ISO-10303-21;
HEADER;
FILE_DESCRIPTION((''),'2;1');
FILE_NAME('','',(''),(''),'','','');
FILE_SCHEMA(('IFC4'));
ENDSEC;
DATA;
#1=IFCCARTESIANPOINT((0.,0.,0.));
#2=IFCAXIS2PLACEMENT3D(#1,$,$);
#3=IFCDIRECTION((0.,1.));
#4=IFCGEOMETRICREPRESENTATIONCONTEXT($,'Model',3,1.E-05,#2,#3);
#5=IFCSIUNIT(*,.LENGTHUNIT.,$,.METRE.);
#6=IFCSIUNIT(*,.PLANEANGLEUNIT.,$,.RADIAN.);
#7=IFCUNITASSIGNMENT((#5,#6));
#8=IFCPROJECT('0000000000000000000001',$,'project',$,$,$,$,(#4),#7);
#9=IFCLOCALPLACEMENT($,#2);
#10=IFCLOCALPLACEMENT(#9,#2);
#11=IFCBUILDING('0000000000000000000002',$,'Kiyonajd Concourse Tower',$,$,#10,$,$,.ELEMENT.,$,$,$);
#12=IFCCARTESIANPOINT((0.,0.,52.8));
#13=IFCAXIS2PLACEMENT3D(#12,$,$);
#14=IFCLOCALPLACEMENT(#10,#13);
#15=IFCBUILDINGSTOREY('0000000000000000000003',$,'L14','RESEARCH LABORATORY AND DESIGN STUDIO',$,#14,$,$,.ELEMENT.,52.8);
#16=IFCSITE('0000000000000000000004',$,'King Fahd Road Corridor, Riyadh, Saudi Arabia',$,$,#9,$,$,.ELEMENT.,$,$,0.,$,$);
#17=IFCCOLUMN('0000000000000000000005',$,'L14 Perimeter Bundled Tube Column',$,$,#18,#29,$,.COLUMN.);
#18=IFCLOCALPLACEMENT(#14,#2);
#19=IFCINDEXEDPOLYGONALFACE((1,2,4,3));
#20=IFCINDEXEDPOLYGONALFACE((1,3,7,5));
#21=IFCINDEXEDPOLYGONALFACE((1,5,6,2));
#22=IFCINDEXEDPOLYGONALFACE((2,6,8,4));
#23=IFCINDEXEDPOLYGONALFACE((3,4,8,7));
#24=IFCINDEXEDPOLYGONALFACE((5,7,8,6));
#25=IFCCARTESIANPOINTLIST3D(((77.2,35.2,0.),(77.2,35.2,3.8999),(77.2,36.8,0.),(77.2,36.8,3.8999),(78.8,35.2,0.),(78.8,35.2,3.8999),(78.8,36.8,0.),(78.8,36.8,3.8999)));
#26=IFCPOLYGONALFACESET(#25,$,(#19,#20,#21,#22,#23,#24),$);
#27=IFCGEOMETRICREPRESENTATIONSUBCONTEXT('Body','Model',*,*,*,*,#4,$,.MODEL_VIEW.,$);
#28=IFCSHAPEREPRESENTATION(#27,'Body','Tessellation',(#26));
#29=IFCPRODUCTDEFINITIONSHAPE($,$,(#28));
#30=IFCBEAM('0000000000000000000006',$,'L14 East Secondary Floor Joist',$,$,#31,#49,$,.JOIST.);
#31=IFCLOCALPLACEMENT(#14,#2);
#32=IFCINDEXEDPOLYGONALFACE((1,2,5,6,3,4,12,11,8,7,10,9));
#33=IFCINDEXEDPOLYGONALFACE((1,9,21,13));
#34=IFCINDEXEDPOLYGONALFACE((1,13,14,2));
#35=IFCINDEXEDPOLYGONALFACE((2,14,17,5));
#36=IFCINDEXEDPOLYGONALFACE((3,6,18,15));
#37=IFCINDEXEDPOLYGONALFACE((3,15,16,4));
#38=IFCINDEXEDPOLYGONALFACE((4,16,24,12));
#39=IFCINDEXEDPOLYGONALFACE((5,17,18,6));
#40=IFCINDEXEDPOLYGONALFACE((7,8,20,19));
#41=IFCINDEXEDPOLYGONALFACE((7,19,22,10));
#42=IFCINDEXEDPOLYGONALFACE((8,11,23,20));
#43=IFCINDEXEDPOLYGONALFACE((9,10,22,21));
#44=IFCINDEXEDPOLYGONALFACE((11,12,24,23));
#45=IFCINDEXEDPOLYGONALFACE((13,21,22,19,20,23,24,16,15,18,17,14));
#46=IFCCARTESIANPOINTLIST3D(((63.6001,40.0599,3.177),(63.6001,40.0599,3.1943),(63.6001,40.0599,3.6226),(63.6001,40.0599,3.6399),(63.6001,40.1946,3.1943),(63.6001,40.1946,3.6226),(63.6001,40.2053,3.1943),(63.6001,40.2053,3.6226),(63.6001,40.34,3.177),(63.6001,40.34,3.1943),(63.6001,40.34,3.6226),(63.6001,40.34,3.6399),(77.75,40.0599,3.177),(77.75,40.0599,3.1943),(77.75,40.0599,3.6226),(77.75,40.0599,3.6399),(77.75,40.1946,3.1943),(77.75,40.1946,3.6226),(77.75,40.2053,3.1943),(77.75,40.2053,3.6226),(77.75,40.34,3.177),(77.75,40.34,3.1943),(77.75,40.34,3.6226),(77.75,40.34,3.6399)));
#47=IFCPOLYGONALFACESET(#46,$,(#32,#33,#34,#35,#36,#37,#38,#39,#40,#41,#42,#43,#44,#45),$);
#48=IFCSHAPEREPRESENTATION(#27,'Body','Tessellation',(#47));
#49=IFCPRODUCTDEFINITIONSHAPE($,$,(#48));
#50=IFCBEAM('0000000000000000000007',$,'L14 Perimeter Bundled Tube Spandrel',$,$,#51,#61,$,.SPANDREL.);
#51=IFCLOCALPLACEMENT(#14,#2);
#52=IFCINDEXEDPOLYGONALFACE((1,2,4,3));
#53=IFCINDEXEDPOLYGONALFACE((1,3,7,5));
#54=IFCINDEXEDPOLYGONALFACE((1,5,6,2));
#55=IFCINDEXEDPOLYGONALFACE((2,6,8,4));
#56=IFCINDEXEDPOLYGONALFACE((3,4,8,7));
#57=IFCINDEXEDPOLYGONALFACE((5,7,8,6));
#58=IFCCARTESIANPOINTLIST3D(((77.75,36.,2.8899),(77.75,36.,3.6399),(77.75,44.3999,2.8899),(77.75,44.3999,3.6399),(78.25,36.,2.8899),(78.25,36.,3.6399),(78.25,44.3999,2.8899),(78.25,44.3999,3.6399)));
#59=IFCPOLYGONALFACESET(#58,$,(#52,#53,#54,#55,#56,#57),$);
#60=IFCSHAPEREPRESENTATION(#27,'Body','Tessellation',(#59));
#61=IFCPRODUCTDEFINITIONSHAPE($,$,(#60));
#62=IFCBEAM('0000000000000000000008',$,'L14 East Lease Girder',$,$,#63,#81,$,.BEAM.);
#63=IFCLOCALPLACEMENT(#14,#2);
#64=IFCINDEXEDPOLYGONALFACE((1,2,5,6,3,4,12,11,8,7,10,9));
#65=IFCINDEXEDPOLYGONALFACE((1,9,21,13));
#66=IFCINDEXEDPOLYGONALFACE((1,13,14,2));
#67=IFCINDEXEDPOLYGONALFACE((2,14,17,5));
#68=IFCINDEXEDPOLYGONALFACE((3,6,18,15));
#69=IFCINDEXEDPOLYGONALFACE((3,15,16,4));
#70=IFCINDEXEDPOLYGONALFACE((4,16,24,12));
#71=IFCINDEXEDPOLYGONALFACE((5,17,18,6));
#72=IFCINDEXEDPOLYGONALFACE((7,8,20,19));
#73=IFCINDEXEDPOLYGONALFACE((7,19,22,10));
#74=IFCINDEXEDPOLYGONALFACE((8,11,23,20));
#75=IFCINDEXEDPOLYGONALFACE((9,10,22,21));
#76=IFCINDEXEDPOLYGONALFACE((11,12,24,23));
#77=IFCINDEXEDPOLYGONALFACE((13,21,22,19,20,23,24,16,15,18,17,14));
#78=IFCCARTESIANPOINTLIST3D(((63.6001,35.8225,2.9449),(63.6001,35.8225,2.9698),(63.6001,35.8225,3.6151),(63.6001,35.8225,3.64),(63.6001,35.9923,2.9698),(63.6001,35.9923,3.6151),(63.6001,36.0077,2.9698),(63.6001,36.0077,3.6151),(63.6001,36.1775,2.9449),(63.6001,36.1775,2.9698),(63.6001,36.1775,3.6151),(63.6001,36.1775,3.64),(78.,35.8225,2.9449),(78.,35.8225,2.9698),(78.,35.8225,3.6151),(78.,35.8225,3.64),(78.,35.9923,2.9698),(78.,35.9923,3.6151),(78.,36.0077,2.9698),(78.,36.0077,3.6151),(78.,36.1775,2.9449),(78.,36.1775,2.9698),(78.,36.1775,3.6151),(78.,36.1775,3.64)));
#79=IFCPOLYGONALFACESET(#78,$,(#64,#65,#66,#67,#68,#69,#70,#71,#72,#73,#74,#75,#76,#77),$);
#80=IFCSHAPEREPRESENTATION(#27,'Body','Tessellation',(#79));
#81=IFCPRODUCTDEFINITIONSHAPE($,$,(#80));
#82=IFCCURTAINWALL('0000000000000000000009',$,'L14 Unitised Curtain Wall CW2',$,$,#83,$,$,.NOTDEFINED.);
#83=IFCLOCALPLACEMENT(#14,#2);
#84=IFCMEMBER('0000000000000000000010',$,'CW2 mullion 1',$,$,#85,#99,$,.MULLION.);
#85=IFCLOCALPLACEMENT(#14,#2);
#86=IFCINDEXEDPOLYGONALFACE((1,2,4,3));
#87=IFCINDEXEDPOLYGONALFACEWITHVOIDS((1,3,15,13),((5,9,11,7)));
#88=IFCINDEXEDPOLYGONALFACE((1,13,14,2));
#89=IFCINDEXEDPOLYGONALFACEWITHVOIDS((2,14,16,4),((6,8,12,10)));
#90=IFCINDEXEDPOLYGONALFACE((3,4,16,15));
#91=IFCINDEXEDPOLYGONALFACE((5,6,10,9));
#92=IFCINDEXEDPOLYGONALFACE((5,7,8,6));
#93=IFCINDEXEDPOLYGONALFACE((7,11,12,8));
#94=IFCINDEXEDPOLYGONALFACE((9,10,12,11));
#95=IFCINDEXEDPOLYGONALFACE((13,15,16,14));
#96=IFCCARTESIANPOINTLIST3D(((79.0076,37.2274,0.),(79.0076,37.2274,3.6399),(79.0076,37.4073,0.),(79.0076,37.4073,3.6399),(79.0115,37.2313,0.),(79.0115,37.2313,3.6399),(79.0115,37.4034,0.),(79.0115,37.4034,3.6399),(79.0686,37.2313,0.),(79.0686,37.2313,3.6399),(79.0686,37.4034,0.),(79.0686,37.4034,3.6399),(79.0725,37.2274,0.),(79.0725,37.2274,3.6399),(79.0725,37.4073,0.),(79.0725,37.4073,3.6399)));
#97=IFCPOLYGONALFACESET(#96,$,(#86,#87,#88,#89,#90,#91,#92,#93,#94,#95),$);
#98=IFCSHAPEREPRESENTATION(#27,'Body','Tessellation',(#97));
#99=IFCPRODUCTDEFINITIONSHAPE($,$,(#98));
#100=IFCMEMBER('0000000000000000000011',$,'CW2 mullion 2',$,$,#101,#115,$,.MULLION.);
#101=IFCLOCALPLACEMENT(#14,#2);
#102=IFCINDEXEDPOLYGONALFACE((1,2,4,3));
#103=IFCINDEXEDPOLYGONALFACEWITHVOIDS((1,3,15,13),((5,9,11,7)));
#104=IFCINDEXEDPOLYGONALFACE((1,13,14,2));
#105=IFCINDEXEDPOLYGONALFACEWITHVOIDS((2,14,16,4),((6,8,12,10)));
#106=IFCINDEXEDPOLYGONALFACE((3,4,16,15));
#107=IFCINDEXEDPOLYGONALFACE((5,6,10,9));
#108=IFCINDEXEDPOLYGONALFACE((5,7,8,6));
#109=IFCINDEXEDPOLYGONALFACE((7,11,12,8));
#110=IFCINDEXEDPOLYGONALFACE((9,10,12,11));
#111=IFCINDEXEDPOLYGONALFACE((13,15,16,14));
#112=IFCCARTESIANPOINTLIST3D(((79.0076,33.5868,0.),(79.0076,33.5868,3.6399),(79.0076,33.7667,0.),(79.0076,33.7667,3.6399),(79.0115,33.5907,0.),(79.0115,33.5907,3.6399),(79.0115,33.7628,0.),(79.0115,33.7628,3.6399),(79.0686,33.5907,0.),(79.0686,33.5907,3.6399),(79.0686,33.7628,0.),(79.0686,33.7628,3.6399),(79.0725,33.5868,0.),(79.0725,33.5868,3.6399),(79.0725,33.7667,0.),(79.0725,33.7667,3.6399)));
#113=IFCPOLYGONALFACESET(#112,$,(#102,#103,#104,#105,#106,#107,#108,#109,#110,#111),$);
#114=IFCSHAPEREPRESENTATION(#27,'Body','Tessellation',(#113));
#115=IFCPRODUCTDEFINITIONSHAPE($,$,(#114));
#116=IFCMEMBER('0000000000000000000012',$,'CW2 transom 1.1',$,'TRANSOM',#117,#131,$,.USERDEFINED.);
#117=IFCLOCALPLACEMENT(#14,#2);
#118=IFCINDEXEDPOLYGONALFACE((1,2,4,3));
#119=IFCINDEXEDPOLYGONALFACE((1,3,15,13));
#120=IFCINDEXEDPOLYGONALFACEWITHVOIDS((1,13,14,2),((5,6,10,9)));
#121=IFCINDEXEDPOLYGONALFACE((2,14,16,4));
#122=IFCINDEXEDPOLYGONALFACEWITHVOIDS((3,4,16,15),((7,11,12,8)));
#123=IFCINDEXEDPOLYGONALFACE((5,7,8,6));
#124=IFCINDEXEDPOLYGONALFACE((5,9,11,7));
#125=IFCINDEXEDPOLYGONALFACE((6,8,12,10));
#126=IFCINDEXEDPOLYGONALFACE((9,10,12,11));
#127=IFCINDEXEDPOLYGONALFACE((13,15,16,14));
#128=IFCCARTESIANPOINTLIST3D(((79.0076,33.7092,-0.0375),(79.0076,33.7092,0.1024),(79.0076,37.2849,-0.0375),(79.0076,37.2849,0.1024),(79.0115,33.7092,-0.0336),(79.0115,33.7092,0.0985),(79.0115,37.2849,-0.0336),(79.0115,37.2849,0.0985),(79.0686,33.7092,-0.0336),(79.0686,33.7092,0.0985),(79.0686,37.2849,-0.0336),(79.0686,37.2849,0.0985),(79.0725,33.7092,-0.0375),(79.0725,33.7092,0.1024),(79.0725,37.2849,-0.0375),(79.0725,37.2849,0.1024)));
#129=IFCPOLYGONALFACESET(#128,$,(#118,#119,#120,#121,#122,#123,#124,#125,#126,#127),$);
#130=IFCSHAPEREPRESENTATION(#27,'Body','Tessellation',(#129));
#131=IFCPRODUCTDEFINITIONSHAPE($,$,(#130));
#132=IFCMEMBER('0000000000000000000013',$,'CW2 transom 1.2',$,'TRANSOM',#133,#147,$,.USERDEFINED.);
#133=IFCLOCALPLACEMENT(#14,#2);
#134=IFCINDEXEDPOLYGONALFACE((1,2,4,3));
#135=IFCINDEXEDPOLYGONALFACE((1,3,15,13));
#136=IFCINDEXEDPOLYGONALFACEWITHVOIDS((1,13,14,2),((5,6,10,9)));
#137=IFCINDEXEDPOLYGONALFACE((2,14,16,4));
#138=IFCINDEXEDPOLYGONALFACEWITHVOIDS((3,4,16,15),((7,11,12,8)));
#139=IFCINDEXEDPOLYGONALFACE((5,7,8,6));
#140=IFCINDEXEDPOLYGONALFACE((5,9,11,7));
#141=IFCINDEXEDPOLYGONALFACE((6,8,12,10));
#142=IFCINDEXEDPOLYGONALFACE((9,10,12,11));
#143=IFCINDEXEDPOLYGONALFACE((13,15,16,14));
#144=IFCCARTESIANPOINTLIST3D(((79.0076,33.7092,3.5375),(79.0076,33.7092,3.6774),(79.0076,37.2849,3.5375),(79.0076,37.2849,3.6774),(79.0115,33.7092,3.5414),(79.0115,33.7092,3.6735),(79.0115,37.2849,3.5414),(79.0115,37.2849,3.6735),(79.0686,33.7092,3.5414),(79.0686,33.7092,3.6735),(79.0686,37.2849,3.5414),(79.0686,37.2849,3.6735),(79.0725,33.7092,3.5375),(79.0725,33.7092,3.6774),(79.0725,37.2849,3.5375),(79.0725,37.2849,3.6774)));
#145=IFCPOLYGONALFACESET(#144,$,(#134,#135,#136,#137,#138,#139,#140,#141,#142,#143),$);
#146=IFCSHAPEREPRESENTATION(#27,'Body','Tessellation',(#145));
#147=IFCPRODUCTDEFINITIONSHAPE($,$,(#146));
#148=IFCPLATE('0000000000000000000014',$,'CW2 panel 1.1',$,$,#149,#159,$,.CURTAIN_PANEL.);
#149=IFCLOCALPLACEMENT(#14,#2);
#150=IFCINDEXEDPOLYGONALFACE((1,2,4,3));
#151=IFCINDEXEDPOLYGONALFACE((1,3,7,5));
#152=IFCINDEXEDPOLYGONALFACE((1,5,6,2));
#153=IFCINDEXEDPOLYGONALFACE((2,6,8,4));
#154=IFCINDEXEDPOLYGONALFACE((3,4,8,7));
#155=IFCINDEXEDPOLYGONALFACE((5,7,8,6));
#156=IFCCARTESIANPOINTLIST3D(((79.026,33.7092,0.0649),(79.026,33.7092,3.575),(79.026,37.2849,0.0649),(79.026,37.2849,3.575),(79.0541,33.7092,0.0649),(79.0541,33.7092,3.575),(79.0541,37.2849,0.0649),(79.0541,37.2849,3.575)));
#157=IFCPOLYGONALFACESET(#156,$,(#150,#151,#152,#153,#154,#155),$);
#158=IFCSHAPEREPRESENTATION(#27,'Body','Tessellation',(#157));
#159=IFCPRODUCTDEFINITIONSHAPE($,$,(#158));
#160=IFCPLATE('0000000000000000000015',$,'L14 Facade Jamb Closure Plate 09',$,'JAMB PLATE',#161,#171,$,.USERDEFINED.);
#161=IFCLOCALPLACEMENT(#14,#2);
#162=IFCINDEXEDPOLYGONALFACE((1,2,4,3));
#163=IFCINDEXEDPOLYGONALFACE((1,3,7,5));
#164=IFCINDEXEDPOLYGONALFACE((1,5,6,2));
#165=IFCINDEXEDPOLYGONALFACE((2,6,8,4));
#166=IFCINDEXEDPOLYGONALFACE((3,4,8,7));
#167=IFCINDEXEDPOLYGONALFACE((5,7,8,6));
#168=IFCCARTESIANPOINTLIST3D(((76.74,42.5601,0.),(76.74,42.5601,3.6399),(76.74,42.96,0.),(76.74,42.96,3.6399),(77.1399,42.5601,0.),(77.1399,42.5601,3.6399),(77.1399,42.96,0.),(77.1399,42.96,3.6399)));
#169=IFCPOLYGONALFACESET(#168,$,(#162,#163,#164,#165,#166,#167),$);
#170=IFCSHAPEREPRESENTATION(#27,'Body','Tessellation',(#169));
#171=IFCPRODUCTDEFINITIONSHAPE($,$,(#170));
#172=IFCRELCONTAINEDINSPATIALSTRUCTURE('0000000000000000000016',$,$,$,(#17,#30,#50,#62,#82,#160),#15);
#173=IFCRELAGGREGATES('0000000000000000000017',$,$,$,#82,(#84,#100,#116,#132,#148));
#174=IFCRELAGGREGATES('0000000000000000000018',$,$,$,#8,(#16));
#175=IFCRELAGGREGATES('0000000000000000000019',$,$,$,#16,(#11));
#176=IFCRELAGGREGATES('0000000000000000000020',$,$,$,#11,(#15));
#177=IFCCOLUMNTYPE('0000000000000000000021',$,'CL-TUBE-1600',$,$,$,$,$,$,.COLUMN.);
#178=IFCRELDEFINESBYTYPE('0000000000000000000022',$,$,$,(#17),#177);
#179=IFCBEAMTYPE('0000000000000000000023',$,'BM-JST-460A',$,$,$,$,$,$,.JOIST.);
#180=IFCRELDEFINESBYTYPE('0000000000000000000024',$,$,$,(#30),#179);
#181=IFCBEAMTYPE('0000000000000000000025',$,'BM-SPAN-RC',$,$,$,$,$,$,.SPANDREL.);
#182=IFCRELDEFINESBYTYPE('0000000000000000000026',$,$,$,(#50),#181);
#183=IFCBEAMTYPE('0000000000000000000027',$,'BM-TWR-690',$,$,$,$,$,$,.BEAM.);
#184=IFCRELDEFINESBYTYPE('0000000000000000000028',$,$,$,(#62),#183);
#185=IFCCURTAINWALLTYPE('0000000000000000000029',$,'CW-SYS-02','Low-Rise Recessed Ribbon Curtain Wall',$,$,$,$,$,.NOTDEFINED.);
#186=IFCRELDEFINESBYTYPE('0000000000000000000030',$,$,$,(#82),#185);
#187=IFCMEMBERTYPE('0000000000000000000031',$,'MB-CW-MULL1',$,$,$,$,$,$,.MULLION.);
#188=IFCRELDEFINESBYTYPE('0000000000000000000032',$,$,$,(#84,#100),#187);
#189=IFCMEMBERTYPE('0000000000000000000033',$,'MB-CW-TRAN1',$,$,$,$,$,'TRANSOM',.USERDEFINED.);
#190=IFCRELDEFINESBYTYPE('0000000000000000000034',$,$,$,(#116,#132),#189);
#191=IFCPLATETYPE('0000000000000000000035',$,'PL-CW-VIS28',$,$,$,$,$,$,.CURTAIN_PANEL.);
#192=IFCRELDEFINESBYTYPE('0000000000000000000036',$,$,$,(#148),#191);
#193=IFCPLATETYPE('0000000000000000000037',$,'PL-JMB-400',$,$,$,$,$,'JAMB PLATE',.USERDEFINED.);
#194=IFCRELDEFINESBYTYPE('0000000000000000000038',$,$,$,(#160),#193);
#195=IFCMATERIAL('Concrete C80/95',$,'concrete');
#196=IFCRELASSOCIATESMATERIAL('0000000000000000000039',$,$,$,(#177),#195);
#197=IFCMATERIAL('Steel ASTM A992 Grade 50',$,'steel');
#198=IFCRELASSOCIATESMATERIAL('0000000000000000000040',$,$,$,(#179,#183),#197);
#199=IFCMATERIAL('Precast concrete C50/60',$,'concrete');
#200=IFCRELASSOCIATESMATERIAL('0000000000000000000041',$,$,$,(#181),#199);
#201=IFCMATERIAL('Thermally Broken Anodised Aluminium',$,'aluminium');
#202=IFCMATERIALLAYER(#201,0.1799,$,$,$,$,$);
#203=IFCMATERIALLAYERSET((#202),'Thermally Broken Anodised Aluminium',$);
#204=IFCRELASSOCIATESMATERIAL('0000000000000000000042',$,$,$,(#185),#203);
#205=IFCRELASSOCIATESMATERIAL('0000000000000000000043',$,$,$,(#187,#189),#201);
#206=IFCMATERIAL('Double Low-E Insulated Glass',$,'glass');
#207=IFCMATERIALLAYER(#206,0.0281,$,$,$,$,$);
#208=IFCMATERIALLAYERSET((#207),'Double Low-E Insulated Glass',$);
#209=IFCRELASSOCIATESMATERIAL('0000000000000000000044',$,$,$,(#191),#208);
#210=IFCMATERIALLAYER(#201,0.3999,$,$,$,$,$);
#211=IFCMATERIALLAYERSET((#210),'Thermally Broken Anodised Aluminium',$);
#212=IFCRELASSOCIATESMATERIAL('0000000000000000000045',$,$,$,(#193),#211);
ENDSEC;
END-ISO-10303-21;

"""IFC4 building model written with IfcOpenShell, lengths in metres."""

from ifc_helpers import new_model, si_unit, direction, frame, origin, origin_2d, place, context, subcontext, project, spatial, rectangle, hollow_rectangle, i_section, extrude, material, layer, layer_set, material_profile, profile_set, type_object, element, aggregate, save


model = new_model("IFC4")

# Units and contexts
model_context = context("Model", 3, precision=1e-05, world=origin(), true_north=direction((0.0, 1.0)))
body_context = subcontext(model_context, "Body", "Model", "MODEL_VIEW")
ifc_project = project(units=[si_unit("LENGTHUNIT", "METRE"), si_unit("PLANEANGLEUNIT", "RADIAN")], contexts=[model_context])

# Site, building, storey
site_placement = place(None, origin())
site = spatial("IfcSite", under=ifc_project, at=site_placement, Name="King Fahd Road Corridor, Riyadh, Saudi Arabia", CompositionType="ELEMENT", RefElevation=0.0)
building_placement = place(site_placement, origin())
building = spatial("IfcBuilding", under=site, at=building_placement, Name="Kiyonajd Concourse Tower", CompositionType="ELEMENT")
storey_placement = place(building_placement, frame((0.0, 0.0, 52.8)))
storey = spatial("IfcBuildingStorey", under=building, at=storey_placement, Name="L14", Description="RESEARCH LABORATORY AND DESIGN STUDIO", CompositionType="ELEMENT", Elevation=52.8)

# Column
ifc_material_1 = material(Name="Concrete C80/95", Category="concrete")
ifc_material_profile_1 = material_profile(ifc_material_1, rectangle(XDim=1.6001, YDim=1.6001, at=origin_2d()), Name="RC-1600x1600")
ifc_profile_set_1 = profile_set([ifc_material_profile_1], Name="Concrete C80/95")
column_type = type_object("IfcColumnType", Name="CL-TUBE-1600", PredefinedType="COLUMN", material=ifc_profile_set_1)
column_placement = place(storey_placement, frame((78.0, 36.0, 0.0), z_axis=(0.0, 0.0, 1.0), x_axis=(1.0, 0.0, 0.0)))
element("IfcColumn", 1, at=column_placement, inside=storey, type_object=column_type, Name="L14 Perimeter Bundled Tube Column", PredefinedType="COLUMN", context=body_context, shape_type="SweptSolid", body=[
    extrude(rectangle(XDim=1.6001, YDim=1.6001, at=origin_2d()), origin(), (0.0, 0.0, 1.0), 3.8999),
])

# Beams
ifc_material_2 = material(Name="Steel ASTM A992 Grade 50", Category="steel")
ifc_material_profile_2 = material_profile(ifc_material_2, i_section(OverallWidth=0.28, OverallDepth=0.4629, WebThickness=0.0107, FlangeThickness=0.0173, at=origin_2d()), Name="W460X113")
ifc_profile_set_2 = profile_set([ifc_material_profile_2], Name="Steel ASTM A992 Grade 50")
beam_type_1 = type_object("IfcBeamType", Name="BM-JST-460A", PredefinedType="JOIST", material=ifc_profile_set_2)
beam_1_placement = place(storey_placement, frame((63.6001, 40.2, 3.4084), z_axis=(1.0, 0.0, 0.0), x_axis=(0.0, 1.0, 0.0)))
element("IfcBeam", 2, at=beam_1_placement, inside=storey, type_object=beam_type_1, Name="L14 East Secondary Floor Joist", PredefinedType="JOIST", context=body_context, shape_type="SweptSolid", body=[
    extrude(i_section(OverallWidth=0.28, OverallDepth=0.4629, WebThickness=0.0107, FlangeThickness=0.0173, at=origin_2d()), origin(), (0.0, 0.0, 1.0), 14.1499),
])
ifc_material_3 = material(Name="Precast concrete C50/60", Category="concrete")
ifc_material_profile_3 = material_profile(ifc_material_3, rectangle(XDim=0.5, YDim=0.75, at=origin_2d()), Name="RCBM-500x750")
ifc_profile_set_3 = profile_set([ifc_material_profile_3], Name="Precast concrete C50/60")
beam_type_2 = type_object("IfcBeamType", Name="BM-SPAN-RC", PredefinedType="SPANDREL", material=ifc_profile_set_3)
beam_2_placement = place(storey_placement, frame((78.0, 36.0, 3.2649), z_axis=(0.0, 1.0, 0.0), x_axis=(-1.0, 0.0, 0.0)))
element("IfcBeam", 3, at=beam_2_placement, inside=storey, type_object=beam_type_2, Name="L14 Perimeter Bundled Tube Spandrel", PredefinedType="SPANDREL", context=body_context, shape_type="SweptSolid", body=[
    extrude(rectangle(XDim=0.5, YDim=0.75, at=origin_2d()), origin(), (0.0, 0.0, 1.0), 8.3999),
])
ifc_material_profile_4 = material_profile(ifc_material_2, i_section(OverallWidth=0.355, OverallDepth=0.6951, WebThickness=0.0154, FlangeThickness=0.0249, at=origin_2d()), Name="W690X217")
ifc_profile_set_4 = profile_set([ifc_material_profile_4], Name="Steel ASTM A992 Grade 50")
beam_type_3 = type_object("IfcBeamType", Name="BM-TWR-690", PredefinedType="BEAM", material=ifc_profile_set_4)
beam_3_placement = place(storey_placement, frame((63.6001, 36.0, 3.2925), z_axis=(1.0, 0.0, 0.0), x_axis=(0.0, 1.0, 0.0)))
element("IfcBeam", 4, at=beam_3_placement, inside=storey, type_object=beam_type_3, Name="L14 East Lease Girder", PredefinedType="BEAM", context=body_context, shape_type="SweptSolid", body=[
    extrude(i_section(OverallWidth=0.355, OverallDepth=0.6951, WebThickness=0.0154, FlangeThickness=0.0249, at=origin_2d()), origin(), (0.0, 0.0, 1.0), 14.3999),
])

# Curtain wall, members, plate
ifc_material_4 = material(Name="Thermally Broken Anodised Aluminium", Category="aluminium")
ifc_layer_1 = layer(ifc_material_4, 0.1799)
ifc_layer_set_1 = layer_set([ifc_layer_1], Name="Thermally Broken Anodised Aluminium")
curtain_wall_type = type_object("IfcCurtainWallType", Name="CW-SYS-02", Description="Low-Rise Recessed Ribbon Curtain Wall", PredefinedType="NOTDEFINED", material=ifc_layer_set_1)
curtain_wall_placement = place(storey_placement, origin())
curtain_wall = element("IfcCurtainWall", 5, at=curtain_wall_placement, inside=storey, type_object=curtain_wall_type, Name="L14 Unitised Curtain Wall CW2", PredefinedType="NOTDEFINED")
ifc_material_profile_5 = material_profile(ifc_material_4, hollow_rectangle(XDim=0.0649, YDim=0.1799, WallThickness=0.0039, at=origin_2d()), Name="MULL-65x180")
ifc_profile_set_5 = profile_set([ifc_material_profile_5], Name="Thermally Broken Anodised Aluminium")
member_type_1 = type_object("IfcMemberType", Name="MB-CW-MULL1", PredefinedType="MULLION", material=ifc_profile_set_5)
member_1_placement = place(storey_placement, frame((79.04, 37.3174, 0.0), z_axis=(0.0, 0.0, 1.0), x_axis=(1.0, 0.0, 0.0)))
member_1 = element("IfcMember", 6, at=member_1_placement, type_object=member_type_1, Name="CW2 mullion 1", PredefinedType="MULLION", context=body_context, shape_type="SweptSolid", body=[
    extrude(hollow_rectangle(XDim=0.0649, YDim=0.1799, WallThickness=0.0039, at=origin_2d()), origin(), (0.0, 0.0, 1.0), 3.6399),
])
member_2_placement = place(storey_placement, frame((79.04, 33.6768, 0.0), z_axis=(0.0, 0.0, 1.0), x_axis=(1.0, 0.0, 0.0)))
member_2 = element("IfcMember", 7, at=member_2_placement, type_object=member_type_1, Name="CW2 mullion 2", PredefinedType="MULLION", context=body_context, shape_type="SweptSolid", body=[
    extrude(hollow_rectangle(XDim=0.0649, YDim=0.1799, WallThickness=0.0039, at=origin_2d()), origin(), (0.0, 0.0, 1.0), 3.6399),
])
ifc_material_profile_6 = material_profile(ifc_material_4, hollow_rectangle(XDim=0.0649, YDim=0.1399, WallThickness=0.0039, at=origin_2d()), Name="TRAN-65x140")
ifc_profile_set_6 = profile_set([ifc_material_profile_6], Name="Thermally Broken Anodised Aluminium")
member_type_2 = type_object("IfcMemberType", Name="MB-CW-TRAN1", ElementType="TRANSOM", PredefinedType="USERDEFINED", material=ifc_profile_set_6)
member_3_placement = place(storey_placement, frame((79.04, 37.2849, 0.0325), z_axis=(0.0, -1.0, 0.0), x_axis=(1.0, 0.0, 0.0)))
member_3 = element("IfcMember", 8, at=member_3_placement, type_object=member_type_2, Name="CW2 transom 1.1", ObjectType="TRANSOM", PredefinedType="USERDEFINED", context=body_context, shape_type="SweptSolid", body=[
    extrude(hollow_rectangle(XDim=0.0649, YDim=0.1399, WallThickness=0.0039, at=origin_2d()), origin(), (0.0, 0.0, 1.0), 3.5757),
])
member_4_placement = place(storey_placement, frame((79.04, 37.2849, 3.6074), z_axis=(0.0, -1.0, 0.0), x_axis=(1.0, 0.0, 0.0)))
member_4 = element("IfcMember", 9, at=member_4_placement, type_object=member_type_2, Name="CW2 transom 1.2", ObjectType="TRANSOM", PredefinedType="USERDEFINED", context=body_context, shape_type="SweptSolid", body=[
    extrude(hollow_rectangle(XDim=0.0649, YDim=0.1399, WallThickness=0.0039, at=origin_2d()), origin(), (0.0, 0.0, 1.0), 3.5757),
])
ifc_material_5 = material(Name="Double Low-E Insulated Glass", Category="glass")
ifc_layer_2 = layer(ifc_material_5, 0.0281)
ifc_layer_set_2 = layer_set([ifc_layer_2], Name="Double Low-E Insulated Glass")
plate_type_1 = type_object("IfcPlateType", Name="PL-CW-VIS28", PredefinedType="CURTAIN_PANEL", material=ifc_layer_set_2)
plate_placement = place(storey_placement, frame((79.04, 35.4971, 0.0649), z_axis=(0.0, 0.0, 1.0), x_axis=(0.0, -1.0, 0.0)))
plate = element("IfcPlate", 10, at=plate_placement, type_object=plate_type_1, Name="CW2 panel 1.1", PredefinedType="CURTAIN_PANEL", context=body_context, shape_type="SweptSolid", body=[
    extrude(rectangle(XDim=3.5757, YDim=0.0281, at=origin_2d()), origin(), (0.0, 0.0, 1.0), 3.51),
])
aggregate(curtain_wall, [member_1, member_2, member_3, member_4, plate])

# Plate
ifc_layer_3 = layer(ifc_material_4, 0.3999)
ifc_layer_set_3 = layer_set([ifc_layer_3], Name="Thermally Broken Anodised Aluminium")
plate_type_2 = type_object("IfcPlateType", Name="PL-JMB-400", ElementType="JAMB PLATE", PredefinedType="USERDEFINED", material=ifc_layer_set_3)
for number, where, z_axis, x_axis, name in (
    (11, (76.9399, 42.76, 0.0), (0.0, 0.0, 1.0), (1.0, 0.0, 0.0), "L14 Facade Jamb Closure Plate 09"),
):
    element("IfcPlate", number, at=place(storey_placement, frame(where, z_axis=z_axis, x_axis=x_axis)), inside=storey, type_object=plate_type_2, Name=name, ObjectType="JAMB PLATE", PredefinedType="USERDEFINED", context=body_context, shape_type="SweptSolid", body=[
        extrude(rectangle(XDim=0.3999, YDim=0.3999, at=origin_2d()), origin(), (0.0, 0.0, 1.0), 3.6399),
    ])

save(model, "model.ifc")
